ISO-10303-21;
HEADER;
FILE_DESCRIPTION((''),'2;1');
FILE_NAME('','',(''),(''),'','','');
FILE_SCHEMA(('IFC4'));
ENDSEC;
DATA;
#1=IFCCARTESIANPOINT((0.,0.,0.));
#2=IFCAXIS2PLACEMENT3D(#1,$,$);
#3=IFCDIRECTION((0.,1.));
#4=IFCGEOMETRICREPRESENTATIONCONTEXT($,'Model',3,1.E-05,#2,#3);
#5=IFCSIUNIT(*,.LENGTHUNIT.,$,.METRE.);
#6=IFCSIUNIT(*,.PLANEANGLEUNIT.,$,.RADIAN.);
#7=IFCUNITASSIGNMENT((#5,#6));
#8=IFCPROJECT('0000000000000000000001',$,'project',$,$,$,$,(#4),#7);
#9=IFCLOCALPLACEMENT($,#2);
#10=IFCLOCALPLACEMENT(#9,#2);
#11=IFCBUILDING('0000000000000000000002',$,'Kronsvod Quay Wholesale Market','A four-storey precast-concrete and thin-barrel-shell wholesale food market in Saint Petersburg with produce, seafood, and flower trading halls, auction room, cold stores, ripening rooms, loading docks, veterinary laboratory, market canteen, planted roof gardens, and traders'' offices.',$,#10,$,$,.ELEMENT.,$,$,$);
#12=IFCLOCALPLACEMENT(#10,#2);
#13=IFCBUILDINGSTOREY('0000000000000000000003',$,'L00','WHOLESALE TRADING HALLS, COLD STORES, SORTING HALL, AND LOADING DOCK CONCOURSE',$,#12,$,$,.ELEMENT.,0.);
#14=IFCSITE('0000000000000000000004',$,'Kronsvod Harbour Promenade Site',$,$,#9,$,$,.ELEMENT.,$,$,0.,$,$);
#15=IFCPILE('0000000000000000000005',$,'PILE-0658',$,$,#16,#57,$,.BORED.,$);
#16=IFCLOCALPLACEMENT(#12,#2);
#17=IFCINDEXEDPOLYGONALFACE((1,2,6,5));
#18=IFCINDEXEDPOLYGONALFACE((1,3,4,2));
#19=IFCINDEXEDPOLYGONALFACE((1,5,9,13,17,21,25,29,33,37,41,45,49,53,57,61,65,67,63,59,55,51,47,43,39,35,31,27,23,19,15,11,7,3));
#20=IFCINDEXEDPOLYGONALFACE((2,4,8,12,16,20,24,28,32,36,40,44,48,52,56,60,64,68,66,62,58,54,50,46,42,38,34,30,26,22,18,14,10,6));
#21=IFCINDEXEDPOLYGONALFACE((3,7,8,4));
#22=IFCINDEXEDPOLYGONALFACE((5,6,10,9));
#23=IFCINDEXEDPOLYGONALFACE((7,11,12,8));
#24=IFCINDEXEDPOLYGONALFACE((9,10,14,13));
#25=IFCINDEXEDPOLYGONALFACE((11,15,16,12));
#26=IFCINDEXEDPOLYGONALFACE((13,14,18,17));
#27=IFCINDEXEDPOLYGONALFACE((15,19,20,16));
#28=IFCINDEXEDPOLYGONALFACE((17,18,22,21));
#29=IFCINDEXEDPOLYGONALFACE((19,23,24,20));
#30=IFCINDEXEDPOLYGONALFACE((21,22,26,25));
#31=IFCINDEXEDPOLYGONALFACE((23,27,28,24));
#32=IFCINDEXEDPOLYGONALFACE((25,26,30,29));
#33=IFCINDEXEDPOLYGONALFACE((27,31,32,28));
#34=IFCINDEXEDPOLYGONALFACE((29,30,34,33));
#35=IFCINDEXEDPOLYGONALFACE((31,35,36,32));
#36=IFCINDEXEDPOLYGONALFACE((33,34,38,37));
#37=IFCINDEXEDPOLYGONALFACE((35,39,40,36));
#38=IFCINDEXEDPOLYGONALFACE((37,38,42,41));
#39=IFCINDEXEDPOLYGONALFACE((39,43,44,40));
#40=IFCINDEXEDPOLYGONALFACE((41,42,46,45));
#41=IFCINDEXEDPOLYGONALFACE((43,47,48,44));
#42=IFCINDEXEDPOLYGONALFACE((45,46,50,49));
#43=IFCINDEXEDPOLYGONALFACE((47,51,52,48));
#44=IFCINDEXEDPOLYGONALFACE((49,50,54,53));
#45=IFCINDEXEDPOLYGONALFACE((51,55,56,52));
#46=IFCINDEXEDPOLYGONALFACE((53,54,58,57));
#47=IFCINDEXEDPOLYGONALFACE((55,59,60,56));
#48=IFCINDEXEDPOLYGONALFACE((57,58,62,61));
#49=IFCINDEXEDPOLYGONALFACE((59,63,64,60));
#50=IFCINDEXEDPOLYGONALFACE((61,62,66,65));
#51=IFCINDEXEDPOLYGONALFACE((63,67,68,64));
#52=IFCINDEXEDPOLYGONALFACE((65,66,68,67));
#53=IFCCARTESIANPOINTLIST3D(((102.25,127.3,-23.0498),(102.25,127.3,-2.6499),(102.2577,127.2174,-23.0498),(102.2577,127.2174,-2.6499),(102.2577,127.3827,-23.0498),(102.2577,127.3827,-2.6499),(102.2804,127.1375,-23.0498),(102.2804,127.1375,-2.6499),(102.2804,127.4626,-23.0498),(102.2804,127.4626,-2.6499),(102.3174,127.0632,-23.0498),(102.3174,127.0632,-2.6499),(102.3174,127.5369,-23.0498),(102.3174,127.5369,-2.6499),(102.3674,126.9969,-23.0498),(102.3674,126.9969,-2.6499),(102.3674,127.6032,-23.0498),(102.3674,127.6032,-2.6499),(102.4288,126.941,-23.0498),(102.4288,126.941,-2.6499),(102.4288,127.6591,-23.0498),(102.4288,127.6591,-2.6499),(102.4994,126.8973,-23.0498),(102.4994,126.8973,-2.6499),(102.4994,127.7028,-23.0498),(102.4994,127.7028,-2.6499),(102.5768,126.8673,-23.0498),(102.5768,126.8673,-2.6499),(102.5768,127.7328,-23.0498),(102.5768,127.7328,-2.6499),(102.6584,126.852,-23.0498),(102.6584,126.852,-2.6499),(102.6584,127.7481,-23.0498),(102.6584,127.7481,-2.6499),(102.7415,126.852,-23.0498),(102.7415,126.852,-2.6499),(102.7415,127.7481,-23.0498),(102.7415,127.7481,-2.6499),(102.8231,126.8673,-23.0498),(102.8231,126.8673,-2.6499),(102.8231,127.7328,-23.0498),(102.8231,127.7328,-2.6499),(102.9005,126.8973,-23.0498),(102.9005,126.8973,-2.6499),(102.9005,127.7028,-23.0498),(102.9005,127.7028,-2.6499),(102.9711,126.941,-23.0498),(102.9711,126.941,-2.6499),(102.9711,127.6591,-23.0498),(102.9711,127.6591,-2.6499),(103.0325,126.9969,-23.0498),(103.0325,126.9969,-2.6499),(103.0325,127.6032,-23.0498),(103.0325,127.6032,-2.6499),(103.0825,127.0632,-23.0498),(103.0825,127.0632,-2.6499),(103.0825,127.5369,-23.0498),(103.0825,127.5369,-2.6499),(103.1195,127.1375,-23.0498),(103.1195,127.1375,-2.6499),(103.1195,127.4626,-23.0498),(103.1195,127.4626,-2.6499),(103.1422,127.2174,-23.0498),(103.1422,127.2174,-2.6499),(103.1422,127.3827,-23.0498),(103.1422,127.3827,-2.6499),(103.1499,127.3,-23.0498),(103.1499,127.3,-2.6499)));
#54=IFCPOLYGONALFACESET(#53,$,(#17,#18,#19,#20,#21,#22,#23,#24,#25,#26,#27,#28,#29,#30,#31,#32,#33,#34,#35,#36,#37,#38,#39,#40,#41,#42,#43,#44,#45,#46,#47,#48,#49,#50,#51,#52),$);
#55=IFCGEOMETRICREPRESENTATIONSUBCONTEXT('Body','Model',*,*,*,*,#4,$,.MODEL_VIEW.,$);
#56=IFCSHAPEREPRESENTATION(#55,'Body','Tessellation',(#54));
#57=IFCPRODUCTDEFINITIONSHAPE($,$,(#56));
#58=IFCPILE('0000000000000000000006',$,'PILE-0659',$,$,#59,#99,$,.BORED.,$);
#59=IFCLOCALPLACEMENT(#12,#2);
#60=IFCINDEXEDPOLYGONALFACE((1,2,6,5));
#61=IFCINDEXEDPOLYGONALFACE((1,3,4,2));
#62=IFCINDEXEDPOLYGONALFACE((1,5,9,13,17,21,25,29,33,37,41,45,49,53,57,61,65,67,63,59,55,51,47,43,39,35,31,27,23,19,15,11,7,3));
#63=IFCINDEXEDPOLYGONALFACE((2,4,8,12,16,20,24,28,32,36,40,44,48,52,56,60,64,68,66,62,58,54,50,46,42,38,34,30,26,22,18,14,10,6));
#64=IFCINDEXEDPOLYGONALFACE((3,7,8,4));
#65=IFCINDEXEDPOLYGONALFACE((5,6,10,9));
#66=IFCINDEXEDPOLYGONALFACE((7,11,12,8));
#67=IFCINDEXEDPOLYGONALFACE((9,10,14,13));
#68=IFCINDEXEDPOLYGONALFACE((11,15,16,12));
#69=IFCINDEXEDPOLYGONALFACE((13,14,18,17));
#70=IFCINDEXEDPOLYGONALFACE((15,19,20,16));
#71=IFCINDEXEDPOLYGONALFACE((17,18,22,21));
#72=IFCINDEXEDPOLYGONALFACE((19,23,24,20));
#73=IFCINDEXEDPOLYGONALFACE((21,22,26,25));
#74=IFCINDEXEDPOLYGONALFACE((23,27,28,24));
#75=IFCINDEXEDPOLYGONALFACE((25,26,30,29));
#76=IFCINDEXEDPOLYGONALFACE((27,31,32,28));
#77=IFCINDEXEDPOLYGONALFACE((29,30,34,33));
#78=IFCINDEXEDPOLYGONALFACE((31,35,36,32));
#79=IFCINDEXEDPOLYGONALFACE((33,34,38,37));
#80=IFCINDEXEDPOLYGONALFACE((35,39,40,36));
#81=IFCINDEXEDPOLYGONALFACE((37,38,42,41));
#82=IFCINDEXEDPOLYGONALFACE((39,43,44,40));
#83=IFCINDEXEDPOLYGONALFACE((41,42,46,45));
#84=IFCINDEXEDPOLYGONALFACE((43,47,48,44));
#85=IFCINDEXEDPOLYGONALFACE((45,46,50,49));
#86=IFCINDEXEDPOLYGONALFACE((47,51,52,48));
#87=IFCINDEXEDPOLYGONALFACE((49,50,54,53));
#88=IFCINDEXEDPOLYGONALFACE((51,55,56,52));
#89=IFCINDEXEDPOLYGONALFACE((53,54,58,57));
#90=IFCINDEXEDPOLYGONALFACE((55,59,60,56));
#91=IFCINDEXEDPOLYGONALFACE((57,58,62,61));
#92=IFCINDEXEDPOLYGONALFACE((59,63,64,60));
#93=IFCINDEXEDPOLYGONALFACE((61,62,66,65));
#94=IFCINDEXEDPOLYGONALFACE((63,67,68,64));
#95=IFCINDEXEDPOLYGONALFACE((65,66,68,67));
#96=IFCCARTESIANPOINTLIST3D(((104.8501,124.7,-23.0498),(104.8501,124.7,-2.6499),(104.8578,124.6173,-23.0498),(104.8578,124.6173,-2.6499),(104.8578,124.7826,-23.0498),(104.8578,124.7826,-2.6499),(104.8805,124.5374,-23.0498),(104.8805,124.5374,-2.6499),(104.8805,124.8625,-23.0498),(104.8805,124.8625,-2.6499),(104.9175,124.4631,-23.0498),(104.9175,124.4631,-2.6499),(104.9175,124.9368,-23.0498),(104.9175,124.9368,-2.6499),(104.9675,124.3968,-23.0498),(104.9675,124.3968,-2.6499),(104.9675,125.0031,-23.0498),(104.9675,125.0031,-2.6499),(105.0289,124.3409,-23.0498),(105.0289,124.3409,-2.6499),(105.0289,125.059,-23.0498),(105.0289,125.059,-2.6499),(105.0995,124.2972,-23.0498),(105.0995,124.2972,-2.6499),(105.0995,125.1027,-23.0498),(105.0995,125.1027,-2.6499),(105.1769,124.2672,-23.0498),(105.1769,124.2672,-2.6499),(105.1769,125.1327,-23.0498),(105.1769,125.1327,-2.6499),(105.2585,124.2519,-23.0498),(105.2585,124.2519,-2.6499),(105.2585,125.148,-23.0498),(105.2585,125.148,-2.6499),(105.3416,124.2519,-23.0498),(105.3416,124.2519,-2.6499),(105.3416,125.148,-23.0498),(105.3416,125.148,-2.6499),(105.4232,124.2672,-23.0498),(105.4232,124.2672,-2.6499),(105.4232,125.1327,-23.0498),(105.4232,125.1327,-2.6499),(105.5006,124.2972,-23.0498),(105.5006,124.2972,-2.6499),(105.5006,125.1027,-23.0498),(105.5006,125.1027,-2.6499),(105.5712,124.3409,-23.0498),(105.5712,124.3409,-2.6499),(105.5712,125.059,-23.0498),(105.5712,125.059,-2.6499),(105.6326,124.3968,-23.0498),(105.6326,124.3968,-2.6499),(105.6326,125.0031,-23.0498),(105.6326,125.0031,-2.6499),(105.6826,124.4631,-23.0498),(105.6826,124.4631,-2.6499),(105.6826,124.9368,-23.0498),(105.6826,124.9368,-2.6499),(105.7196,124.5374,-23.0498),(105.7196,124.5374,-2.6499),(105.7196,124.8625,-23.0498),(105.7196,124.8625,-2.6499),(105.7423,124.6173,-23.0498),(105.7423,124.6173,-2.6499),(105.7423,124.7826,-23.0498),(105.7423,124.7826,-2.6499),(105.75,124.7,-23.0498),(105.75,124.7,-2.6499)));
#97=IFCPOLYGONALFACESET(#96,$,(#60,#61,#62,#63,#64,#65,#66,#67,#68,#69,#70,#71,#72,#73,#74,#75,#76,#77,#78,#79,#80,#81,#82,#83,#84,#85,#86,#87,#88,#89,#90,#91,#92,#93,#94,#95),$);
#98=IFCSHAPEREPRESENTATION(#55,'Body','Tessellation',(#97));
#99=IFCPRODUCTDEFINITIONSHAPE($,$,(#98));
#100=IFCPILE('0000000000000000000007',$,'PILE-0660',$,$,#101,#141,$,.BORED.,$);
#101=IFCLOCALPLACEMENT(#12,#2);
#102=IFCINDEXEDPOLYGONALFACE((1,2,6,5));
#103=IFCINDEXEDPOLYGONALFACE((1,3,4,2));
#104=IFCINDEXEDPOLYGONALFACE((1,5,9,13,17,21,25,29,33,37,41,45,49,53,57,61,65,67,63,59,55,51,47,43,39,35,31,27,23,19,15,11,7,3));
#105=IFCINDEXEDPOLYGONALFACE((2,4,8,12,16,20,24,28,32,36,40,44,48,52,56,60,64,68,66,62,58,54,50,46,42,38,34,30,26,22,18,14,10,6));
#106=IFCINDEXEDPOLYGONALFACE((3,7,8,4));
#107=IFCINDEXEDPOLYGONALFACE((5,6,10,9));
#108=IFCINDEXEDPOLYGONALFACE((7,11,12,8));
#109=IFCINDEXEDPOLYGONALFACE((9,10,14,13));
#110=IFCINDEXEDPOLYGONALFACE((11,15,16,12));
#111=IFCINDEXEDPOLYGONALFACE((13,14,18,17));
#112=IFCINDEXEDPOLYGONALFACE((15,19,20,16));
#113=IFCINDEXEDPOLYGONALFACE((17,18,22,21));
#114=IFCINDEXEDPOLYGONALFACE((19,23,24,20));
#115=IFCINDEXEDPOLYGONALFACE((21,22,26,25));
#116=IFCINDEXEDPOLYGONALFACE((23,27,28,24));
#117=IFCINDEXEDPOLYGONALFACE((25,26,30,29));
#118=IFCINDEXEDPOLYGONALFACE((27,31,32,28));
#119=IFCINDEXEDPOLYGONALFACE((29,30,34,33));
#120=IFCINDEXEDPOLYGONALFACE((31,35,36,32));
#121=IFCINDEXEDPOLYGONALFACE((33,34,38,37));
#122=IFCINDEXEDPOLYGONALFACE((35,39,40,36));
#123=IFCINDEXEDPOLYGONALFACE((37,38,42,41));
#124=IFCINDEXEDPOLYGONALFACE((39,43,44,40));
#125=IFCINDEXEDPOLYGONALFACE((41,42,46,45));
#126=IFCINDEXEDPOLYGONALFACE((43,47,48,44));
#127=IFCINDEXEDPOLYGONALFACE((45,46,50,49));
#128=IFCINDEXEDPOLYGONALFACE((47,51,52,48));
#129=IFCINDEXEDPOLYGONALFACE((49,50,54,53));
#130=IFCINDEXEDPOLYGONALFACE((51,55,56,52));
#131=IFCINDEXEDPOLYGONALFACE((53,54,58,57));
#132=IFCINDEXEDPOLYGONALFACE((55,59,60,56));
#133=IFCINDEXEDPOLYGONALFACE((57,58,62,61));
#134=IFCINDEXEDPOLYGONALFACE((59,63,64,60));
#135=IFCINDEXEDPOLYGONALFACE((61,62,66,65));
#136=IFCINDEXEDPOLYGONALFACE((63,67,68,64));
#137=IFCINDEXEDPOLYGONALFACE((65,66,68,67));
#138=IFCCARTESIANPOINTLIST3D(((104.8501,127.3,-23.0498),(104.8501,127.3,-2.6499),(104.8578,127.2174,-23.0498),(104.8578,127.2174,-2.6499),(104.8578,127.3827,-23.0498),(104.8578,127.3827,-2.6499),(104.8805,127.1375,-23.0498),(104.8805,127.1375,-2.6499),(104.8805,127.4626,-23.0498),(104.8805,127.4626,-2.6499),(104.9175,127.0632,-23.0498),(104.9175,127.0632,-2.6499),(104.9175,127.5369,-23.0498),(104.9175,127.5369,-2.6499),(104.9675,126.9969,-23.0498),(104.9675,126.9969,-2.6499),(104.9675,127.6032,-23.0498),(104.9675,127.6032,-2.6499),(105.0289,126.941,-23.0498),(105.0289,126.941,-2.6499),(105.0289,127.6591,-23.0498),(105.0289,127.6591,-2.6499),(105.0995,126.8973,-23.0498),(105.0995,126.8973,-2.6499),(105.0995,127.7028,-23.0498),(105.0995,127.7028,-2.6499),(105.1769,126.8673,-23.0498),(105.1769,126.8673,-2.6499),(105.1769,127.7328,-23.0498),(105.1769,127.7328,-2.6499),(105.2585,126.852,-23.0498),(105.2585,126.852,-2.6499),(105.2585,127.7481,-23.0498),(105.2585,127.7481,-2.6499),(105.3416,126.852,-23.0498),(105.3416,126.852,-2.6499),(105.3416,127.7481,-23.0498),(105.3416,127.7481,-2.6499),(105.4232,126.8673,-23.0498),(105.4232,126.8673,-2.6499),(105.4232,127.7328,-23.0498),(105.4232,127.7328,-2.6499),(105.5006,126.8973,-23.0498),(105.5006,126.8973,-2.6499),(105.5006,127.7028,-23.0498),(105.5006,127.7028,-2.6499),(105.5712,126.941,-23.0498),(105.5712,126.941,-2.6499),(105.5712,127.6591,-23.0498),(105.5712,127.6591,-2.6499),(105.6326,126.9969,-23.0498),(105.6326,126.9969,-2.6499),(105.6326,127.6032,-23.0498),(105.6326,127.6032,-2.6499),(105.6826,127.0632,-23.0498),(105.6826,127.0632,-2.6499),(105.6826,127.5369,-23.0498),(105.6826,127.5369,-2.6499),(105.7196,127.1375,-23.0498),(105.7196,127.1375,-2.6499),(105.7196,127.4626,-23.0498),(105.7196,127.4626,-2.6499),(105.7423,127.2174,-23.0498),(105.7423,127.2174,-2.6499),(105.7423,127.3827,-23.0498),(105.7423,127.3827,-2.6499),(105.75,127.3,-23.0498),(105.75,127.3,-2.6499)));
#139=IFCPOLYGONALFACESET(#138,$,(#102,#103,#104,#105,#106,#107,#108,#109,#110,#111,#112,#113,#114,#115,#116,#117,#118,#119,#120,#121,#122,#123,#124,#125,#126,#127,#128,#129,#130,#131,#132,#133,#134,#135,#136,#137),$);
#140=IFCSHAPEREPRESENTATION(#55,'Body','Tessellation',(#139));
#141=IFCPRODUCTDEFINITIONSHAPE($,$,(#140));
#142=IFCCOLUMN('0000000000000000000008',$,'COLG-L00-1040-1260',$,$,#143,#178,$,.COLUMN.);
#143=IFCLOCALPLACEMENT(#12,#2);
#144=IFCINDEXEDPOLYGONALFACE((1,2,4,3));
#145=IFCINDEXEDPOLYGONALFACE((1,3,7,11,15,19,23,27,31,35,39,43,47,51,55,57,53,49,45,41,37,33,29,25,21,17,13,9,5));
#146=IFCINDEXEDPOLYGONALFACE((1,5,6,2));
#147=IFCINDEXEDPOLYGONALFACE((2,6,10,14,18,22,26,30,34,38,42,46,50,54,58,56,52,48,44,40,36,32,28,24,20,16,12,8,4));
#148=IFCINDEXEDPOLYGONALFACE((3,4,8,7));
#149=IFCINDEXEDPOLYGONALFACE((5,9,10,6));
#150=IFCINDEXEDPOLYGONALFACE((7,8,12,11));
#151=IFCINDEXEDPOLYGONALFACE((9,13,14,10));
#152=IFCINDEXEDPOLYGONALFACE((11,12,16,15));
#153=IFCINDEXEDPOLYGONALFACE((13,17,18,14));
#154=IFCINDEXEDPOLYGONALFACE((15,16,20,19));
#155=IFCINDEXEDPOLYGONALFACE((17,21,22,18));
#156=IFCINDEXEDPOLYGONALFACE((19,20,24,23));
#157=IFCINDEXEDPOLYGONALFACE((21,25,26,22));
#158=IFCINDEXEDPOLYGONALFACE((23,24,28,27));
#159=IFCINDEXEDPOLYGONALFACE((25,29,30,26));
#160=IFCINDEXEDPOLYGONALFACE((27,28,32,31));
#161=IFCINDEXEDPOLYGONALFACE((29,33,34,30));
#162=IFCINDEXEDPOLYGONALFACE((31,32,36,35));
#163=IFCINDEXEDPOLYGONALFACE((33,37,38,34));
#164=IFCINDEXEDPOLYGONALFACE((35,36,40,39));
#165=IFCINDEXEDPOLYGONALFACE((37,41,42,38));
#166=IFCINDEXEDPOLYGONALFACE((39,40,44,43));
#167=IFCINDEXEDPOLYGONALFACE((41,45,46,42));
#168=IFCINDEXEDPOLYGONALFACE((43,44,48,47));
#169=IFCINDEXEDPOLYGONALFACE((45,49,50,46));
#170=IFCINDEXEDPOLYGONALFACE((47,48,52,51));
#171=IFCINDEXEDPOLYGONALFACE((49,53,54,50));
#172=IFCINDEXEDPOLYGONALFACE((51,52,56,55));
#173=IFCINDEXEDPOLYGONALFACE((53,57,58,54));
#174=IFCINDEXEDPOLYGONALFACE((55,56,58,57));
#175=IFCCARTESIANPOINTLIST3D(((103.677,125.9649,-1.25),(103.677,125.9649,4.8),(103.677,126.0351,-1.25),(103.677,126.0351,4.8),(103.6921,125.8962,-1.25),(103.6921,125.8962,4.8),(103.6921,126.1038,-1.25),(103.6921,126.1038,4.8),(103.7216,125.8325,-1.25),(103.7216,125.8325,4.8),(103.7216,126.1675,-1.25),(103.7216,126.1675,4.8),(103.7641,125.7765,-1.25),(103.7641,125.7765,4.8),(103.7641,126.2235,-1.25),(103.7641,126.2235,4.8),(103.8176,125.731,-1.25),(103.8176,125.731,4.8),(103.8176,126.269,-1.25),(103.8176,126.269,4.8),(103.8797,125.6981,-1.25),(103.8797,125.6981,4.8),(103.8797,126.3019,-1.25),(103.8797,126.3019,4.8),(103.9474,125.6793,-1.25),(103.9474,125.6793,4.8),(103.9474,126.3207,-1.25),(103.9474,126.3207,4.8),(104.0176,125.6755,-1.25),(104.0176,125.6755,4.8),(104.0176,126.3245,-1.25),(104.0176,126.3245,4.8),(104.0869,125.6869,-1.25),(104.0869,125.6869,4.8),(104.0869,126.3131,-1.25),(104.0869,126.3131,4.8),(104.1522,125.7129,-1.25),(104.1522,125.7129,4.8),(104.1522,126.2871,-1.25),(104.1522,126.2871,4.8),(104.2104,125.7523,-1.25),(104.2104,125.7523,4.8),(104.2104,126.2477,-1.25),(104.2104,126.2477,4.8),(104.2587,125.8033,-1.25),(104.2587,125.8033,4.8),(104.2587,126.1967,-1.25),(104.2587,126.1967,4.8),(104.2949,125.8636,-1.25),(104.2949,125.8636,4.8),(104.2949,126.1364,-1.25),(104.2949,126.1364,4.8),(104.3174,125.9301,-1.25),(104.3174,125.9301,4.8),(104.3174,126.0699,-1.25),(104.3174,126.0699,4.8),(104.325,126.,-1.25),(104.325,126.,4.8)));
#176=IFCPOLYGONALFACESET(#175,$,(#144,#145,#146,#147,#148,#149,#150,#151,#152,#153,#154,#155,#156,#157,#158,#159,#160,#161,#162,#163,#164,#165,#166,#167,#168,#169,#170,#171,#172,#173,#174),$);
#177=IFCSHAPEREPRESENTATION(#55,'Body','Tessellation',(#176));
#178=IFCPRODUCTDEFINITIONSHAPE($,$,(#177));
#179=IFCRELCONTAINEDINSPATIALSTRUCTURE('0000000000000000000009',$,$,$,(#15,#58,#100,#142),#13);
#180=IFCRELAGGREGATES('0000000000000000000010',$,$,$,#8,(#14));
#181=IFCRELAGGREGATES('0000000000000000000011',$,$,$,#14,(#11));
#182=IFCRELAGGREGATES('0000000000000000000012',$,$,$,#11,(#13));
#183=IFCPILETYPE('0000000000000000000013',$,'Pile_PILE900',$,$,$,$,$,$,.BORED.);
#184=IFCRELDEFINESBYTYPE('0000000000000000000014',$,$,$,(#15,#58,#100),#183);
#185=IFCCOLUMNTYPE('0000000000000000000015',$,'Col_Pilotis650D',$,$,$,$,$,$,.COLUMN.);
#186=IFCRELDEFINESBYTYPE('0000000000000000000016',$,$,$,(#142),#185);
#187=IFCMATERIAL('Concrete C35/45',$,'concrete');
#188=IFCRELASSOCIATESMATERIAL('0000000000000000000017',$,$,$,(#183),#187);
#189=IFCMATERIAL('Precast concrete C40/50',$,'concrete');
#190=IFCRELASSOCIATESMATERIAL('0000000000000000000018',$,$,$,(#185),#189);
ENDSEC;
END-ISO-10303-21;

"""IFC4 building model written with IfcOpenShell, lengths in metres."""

from ifc_helpers import new_model, si_unit, direction, frame, origin, origin_2d, place, context, subcontext, project, spatial, circle, extrude, material, material_profile, profile_set, type_object, element, save


model = new_model("IFC4")

# Units and contexts
model_context = context("Model", 3, precision=1e-05, world=origin(), true_north=direction((0.0, 1.0)))
body_context = subcontext(model_context, "Body", "Model", "MODEL_VIEW")
ifc_project = project(units=[si_unit("LENGTHUNIT", "METRE"), si_unit("PLANEANGLEUNIT", "RADIAN")], contexts=[model_context])

# Site, building, storey
site_placement = place(None, origin())
site = spatial("IfcSite", under=ifc_project, at=site_placement, Name="Kronsvod Harbour Promenade Site", CompositionType="ELEMENT", RefElevation=0.0)
building_placement = place(site_placement, origin())
building = spatial("IfcBuilding", under=site, at=building_placement, Name="Kronsvod Quay Wholesale Market", Description="A four-storey precast-concrete and thin-barrel-shell wholesale food market in Saint Petersburg with produce, seafood, and flower trading halls, auction room, cold stores, ripening rooms, loading docks, veterinary laboratory, market canteen, planted roof gardens, and traders' offices.", CompositionType="ELEMENT")
storey_placement = place(building_placement, origin())
storey = spatial("IfcBuildingStorey", under=building, at=storey_placement, Name="L00", Description="WHOLESALE TRADING HALLS, COLD STORES, SORTING HALL, AND LOADING DOCK CONCOURSE", CompositionType="ELEMENT", Elevation=0.0)

# Piles
ifc_material_1 = material(Name="Concrete C35/45", Category="concrete")
ifc_material_profile_1 = material_profile(ifc_material_1, circle(Radius=0.45, at=origin_2d()), Name="PILE900")
ifc_profile_set_1 = profile_set([ifc_material_profile_1], Name="Concrete C35/45")
pile_type = type_object("IfcPileType", Name="Pile_PILE900", PredefinedType="BORED", material=ifc_profile_set_1)
for number, where, z_axis, x_axis, name in (
    (1, (102.7, 127.3, -2.6499), (0.0, 0.0, -1.0), (1.0, 0.0, 0.0), "PILE-0658"),
    (2, (105.3, 124.7, -2.6499), (0.0, 0.0, -1.0), (1.0, 0.0, 0.0), "PILE-0659"),
    (3, (105.3, 127.3, -2.6499), (0.0, 0.0, -1.0), (1.0, 0.0, 0.0), "PILE-0660"),
):
    element("IfcPile", number, at=place(storey_placement, frame(where, z_axis=z_axis, x_axis=x_axis)), inside=storey, type_object=pile_type, Name=name, PredefinedType="BORED", context=body_context, shape_type="SweptSolid", body=[
        extrude(circle(Radius=0.45, at=origin_2d()), origin(), (0.0, 0.0, 1.0), 20.3999),
    ])

# Column
ifc_material_2 = material(Name="Precast concrete C40/50", Category="concrete")
ifc_material_profile_2 = material_profile(ifc_material_2, circle(Radius=0.325, at=origin_2d()), Name="PCPIL650D")
ifc_profile_set_2 = profile_set([ifc_material_profile_2], Name="Precast concrete C40/50")
column_type_1 = type_object("IfcColumnType", Name="Col_Pilotis650D", PredefinedType="COLUMN", material=ifc_profile_set_2)
column_1_placement = place(storey_placement, frame((104.0, 126.0, -1.25), z_axis=(0.0, 0.0, 1.0), x_axis=(1.0, 0.0, 0.0)))
element("IfcColumn", 4, at=column_1_placement, inside=storey, type_object=column_type_1, Name="COLG-L00-1040-1260", PredefinedType="COLUMN", context=body_context, shape_type="SweptSolid", body=[
    extrude(circle(Radius=0.325, at=origin_2d()), origin(), (0.0, 0.0, 1.0), 6.05),
])

save(model, "model.ifc")
